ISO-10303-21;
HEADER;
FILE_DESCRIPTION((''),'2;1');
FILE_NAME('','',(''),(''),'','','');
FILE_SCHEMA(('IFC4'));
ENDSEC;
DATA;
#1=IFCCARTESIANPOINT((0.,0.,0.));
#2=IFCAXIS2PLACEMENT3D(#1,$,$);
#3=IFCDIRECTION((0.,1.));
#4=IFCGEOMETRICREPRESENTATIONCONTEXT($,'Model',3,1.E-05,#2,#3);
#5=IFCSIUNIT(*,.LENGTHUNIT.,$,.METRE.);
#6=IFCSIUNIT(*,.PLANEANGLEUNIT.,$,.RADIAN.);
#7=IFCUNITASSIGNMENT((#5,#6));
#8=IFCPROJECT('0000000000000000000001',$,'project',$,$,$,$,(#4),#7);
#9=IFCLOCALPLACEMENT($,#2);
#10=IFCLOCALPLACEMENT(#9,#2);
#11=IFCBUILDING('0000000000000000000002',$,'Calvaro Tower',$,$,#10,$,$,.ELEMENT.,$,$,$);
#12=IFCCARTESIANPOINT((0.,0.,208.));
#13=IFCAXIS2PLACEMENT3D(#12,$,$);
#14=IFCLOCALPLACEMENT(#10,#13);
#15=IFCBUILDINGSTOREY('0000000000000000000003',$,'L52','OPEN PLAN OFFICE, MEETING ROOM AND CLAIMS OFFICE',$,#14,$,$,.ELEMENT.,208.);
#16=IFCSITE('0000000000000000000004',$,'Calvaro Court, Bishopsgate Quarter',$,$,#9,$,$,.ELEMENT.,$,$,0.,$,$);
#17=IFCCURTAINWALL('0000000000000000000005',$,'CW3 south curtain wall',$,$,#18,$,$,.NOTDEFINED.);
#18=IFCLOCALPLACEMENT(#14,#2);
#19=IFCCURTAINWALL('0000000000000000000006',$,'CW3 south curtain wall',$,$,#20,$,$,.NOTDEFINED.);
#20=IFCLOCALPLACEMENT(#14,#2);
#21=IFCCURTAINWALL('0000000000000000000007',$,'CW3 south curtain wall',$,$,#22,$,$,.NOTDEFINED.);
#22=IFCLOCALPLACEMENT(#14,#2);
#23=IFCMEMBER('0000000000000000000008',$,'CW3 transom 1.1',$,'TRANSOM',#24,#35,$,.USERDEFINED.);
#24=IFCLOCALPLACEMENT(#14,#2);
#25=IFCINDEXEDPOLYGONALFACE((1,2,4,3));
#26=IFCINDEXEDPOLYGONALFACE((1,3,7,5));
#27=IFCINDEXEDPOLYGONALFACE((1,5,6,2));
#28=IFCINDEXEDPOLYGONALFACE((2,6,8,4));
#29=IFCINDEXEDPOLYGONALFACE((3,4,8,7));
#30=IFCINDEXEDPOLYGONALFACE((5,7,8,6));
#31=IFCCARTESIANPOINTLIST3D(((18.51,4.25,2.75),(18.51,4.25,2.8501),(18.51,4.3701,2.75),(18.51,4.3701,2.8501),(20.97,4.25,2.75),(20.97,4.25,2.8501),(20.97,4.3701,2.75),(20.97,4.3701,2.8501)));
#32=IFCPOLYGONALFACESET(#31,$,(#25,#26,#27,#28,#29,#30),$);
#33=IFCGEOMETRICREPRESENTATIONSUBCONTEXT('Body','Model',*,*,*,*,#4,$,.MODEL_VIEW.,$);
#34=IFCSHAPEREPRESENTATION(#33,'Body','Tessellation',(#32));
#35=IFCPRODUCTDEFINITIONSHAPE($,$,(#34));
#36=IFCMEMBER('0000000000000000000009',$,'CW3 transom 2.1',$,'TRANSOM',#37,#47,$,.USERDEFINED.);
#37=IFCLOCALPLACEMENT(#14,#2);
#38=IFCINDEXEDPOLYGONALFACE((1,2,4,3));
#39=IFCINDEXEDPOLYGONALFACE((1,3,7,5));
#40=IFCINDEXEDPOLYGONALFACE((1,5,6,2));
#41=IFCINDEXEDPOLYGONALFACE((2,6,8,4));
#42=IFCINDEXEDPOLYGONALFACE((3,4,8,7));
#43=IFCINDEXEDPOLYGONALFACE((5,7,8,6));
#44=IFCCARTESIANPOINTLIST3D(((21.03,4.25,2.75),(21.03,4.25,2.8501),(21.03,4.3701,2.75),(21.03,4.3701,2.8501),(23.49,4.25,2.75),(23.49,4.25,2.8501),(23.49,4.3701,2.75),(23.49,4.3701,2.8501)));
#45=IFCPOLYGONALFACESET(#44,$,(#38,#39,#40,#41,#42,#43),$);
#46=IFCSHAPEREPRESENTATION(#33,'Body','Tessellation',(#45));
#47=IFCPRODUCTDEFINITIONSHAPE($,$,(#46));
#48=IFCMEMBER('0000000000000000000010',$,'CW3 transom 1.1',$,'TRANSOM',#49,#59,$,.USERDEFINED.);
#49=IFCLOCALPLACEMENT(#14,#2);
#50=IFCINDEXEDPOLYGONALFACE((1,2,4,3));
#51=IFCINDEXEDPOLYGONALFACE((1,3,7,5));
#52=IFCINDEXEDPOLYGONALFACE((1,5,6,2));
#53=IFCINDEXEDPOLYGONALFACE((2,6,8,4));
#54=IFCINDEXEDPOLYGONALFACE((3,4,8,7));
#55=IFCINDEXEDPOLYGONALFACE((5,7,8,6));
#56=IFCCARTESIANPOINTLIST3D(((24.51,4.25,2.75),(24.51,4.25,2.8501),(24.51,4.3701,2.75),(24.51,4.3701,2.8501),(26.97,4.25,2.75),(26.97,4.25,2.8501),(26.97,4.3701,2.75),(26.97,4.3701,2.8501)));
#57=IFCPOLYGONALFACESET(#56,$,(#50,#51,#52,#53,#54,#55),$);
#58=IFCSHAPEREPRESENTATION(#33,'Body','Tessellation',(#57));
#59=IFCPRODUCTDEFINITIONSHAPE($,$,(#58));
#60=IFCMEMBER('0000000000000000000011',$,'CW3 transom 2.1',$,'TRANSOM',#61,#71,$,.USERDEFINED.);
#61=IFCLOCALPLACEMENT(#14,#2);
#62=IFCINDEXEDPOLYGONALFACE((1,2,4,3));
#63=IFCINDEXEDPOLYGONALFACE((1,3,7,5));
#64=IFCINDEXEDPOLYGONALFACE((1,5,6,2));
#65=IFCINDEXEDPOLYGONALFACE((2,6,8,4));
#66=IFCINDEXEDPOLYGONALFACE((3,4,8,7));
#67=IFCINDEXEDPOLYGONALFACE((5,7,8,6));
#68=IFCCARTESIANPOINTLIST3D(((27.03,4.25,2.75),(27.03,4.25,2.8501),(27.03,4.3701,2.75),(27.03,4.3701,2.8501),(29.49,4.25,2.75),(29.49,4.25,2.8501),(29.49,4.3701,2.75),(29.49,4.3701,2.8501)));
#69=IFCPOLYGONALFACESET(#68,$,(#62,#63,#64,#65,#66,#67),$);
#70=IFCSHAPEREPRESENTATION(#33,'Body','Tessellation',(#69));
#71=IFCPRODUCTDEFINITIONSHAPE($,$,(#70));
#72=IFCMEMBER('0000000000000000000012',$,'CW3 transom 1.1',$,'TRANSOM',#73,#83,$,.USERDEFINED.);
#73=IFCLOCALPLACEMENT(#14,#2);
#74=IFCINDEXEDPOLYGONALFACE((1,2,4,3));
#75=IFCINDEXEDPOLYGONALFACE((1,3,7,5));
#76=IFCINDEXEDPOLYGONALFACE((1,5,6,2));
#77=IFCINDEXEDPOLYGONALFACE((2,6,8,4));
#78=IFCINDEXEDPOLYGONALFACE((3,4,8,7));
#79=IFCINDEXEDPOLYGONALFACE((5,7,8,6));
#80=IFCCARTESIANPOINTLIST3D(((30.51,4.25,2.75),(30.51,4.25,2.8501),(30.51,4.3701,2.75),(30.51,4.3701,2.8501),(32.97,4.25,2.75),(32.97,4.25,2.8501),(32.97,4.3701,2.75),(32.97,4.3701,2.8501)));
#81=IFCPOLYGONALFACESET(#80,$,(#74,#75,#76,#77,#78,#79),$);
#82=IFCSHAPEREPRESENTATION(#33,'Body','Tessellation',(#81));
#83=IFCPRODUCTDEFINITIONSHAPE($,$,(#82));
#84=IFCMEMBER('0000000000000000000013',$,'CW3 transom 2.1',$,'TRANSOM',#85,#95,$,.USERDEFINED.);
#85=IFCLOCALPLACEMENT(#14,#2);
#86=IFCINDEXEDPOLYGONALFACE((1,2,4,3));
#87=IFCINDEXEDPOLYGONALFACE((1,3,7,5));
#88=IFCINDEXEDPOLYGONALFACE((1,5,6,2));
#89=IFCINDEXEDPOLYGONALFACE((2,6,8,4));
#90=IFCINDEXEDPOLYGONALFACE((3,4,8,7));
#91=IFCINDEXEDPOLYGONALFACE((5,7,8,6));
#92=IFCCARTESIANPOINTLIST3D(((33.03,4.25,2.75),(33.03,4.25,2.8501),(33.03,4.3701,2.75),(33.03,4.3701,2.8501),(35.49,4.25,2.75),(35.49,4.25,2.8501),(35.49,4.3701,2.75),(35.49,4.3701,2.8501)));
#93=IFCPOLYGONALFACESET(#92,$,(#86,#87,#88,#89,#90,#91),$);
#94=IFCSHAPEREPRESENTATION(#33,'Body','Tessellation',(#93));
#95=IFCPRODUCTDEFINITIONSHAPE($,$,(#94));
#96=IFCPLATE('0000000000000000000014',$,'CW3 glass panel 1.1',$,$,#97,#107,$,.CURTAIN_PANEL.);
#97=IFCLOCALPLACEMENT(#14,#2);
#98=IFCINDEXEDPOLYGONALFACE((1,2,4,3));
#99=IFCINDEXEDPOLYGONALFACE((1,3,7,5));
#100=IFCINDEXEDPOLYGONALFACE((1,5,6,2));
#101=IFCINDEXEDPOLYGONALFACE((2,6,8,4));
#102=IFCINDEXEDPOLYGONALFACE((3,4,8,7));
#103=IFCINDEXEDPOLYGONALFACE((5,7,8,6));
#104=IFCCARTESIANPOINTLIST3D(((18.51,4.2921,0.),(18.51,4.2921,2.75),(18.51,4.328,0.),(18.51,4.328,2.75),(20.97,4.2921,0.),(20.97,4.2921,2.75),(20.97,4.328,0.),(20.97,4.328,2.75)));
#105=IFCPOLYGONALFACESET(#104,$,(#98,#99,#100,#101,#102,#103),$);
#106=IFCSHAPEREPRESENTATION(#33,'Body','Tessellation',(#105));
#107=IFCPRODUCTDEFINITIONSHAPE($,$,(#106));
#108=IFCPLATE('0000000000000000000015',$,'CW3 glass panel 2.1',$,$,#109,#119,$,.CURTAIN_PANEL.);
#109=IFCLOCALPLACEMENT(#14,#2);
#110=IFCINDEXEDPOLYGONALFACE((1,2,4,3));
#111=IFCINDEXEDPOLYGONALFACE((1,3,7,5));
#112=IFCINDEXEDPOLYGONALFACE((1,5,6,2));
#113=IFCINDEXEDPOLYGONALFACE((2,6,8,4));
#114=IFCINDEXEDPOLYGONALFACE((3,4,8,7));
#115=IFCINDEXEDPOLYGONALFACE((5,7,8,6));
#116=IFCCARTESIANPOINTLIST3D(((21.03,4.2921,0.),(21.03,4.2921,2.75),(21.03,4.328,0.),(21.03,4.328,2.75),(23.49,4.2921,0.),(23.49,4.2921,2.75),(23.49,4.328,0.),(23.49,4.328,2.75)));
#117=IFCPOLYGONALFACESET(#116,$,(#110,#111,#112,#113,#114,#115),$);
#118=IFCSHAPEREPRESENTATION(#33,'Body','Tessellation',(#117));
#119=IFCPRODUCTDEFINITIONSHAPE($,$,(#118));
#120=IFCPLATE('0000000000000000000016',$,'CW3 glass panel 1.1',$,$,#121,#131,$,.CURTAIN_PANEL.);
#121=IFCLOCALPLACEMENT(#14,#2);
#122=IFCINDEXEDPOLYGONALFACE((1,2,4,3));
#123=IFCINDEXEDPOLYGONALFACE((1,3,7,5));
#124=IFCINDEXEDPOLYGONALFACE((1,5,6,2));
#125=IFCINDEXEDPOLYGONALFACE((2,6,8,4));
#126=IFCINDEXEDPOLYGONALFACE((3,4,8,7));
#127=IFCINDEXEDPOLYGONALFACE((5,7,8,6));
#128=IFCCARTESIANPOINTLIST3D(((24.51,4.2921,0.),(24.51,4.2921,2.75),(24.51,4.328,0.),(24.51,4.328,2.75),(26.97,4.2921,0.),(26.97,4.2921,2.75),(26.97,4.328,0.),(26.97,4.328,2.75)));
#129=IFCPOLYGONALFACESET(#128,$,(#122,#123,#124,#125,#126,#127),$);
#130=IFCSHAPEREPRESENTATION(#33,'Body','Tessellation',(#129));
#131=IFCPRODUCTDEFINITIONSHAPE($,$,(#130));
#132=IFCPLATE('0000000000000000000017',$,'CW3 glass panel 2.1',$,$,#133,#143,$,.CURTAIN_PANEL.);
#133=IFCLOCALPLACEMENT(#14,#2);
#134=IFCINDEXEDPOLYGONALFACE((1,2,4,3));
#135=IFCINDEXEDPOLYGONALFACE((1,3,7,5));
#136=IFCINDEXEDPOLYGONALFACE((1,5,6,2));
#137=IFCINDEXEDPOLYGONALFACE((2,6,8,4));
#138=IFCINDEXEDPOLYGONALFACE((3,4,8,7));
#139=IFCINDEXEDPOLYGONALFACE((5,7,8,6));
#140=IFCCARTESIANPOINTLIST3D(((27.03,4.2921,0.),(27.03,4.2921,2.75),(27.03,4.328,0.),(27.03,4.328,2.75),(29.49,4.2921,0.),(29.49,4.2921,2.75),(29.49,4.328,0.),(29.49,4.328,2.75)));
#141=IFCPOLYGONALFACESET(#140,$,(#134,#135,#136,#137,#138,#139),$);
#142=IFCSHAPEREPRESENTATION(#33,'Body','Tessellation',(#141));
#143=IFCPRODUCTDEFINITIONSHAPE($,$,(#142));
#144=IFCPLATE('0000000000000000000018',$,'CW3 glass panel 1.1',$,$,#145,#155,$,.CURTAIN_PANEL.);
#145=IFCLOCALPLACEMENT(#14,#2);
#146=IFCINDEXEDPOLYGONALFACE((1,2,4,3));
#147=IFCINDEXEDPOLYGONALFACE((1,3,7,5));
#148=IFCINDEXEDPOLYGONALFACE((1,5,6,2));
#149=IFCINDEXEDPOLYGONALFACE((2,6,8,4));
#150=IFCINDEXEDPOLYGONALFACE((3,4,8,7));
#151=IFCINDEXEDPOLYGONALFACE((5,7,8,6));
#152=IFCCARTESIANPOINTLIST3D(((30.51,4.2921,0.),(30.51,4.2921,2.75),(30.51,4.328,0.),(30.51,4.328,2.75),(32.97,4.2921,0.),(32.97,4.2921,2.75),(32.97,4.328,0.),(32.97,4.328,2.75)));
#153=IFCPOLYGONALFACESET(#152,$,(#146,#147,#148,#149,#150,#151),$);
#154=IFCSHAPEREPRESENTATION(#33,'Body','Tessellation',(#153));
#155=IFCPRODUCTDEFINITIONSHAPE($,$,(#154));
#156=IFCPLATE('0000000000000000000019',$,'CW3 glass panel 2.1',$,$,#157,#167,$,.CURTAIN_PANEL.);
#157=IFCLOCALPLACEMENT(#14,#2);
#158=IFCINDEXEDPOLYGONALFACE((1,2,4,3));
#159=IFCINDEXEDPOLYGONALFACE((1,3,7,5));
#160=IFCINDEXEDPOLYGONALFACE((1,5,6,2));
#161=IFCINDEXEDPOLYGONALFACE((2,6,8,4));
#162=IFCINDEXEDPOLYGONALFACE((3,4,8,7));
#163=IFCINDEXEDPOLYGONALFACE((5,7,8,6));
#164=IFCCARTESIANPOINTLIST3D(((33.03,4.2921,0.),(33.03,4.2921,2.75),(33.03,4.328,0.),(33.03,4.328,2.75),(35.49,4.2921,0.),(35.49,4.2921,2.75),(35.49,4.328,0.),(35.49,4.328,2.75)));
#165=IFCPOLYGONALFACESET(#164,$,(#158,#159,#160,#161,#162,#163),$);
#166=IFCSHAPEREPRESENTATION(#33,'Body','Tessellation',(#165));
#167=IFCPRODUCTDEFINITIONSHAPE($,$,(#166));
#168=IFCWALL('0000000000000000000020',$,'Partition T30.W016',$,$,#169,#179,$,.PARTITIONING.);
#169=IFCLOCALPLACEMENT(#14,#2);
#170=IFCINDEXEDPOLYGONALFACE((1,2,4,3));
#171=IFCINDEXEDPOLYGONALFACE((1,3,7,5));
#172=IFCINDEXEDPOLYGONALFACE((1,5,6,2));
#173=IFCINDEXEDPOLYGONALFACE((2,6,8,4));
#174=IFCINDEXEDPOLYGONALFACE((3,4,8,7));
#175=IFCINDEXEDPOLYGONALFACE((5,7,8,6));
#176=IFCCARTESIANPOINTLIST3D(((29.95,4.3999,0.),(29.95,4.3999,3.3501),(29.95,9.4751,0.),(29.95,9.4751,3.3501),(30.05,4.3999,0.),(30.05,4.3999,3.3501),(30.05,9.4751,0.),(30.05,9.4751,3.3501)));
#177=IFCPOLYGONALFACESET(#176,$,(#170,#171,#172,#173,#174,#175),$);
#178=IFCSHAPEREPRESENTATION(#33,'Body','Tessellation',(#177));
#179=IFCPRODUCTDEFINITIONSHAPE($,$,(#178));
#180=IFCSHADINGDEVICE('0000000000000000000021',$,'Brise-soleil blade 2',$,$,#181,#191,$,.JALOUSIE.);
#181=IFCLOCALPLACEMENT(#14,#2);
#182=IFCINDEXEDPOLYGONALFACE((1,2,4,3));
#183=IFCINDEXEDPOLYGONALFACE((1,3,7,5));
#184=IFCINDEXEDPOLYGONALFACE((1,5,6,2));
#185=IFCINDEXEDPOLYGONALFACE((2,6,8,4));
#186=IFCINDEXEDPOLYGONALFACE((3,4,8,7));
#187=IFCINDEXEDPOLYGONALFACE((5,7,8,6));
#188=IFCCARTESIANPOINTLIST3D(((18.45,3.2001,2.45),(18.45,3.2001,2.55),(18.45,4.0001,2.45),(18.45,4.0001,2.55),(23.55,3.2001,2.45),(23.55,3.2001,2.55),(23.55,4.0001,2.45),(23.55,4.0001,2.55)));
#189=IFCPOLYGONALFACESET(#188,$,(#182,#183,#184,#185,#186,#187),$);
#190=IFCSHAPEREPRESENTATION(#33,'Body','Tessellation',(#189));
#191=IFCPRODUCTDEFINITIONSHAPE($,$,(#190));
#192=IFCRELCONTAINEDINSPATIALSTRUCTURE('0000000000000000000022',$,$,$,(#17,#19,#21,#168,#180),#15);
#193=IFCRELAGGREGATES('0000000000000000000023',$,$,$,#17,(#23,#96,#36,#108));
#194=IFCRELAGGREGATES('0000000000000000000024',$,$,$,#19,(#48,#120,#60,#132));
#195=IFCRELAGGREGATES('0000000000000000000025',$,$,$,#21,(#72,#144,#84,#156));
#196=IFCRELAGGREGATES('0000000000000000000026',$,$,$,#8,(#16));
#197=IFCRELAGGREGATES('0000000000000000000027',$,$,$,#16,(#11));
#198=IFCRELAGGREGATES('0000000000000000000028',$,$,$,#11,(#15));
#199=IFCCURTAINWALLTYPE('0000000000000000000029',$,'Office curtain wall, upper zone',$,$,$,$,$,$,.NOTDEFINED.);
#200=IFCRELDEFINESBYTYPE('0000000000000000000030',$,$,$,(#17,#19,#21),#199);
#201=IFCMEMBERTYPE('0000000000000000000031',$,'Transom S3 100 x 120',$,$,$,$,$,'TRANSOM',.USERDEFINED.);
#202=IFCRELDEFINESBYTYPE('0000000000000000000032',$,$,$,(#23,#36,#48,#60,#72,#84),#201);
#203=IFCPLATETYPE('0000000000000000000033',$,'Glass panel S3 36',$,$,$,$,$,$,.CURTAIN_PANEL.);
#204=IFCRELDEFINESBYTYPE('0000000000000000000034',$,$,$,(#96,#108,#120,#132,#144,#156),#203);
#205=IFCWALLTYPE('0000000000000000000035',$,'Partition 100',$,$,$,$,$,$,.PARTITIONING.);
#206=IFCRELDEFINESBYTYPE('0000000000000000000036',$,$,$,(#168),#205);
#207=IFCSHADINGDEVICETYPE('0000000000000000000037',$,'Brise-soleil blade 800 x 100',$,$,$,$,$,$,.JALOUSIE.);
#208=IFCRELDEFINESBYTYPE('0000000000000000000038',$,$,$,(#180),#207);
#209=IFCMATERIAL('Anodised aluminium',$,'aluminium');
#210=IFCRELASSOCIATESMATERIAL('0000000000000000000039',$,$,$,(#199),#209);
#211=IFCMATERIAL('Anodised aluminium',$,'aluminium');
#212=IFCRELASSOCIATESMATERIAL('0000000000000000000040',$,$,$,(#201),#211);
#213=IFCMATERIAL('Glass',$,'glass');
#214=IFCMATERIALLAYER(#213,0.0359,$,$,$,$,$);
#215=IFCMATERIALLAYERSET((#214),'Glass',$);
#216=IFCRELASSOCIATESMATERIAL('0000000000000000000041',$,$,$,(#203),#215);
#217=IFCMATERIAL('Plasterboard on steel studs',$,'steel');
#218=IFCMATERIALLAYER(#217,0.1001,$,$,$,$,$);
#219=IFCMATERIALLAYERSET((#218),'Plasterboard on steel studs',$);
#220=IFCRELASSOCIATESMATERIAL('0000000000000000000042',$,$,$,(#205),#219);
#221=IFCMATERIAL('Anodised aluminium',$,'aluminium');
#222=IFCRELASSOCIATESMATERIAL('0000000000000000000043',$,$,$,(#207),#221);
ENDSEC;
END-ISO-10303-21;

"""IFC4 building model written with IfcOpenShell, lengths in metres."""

from ifc_helpers import new_model, si_unit, direction, frame, frame_2d, origin, origin_2d, place, context, subcontext, project, spatial, rectangle, extrude, material, layer, layer_set, material_profile, profile_set, type_object, element, aggregate, save


model = new_model("IFC4")

# Units and contexts
model_context = context("Model", 3, precision=1e-05, world=origin(), true_north=direction((0.0, 1.0)))
body_context = subcontext(model_context, "Body", "Model", "MODEL_VIEW")
ifc_project = project(units=[si_unit("LENGTHUNIT", "METRE"), si_unit("PLANEANGLEUNIT", "RADIAN")], contexts=[model_context])

# Site, building, storey
site_placement = place(None, origin())
site = spatial("IfcSite", under=ifc_project, at=site_placement, Name="Calvaro Court, Bishopsgate Quarter", CompositionType="ELEMENT", RefElevation=0.0)
building_placement = place(site_placement, origin())
building = spatial("IfcBuilding", under=site, at=building_placement, Name="Calvaro Tower", CompositionType="ELEMENT")
storey_placement = place(building_placement, frame((0.0, 0.0, 208.0)))
storey = spatial("IfcBuildingStorey", under=building, at=storey_placement, Name="L52", Description="OPEN PLAN OFFICE, MEETING ROOM AND CLAIMS OFFICE", CompositionType="ELEMENT", Elevation=208.0)

# Shared definitions
ifc_material_1 = material(Name="Anodised aluminium", Category="aluminium")
curtain_wall_type = type_object("IfcCurtainWallType", Name="Office curtain wall, upper zone", PredefinedType="NOTDEFINED", material=ifc_material_1)

# Curtain walls
curtain_wall_1_placement = place(storey_placement, origin())
curtain_wall_1 = element("IfcCurtainWall", 1, at=curtain_wall_1_placement, inside=storey, type_object=curtain_wall_type, Name="CW3 south curtain wall", PredefinedType="NOTDEFINED")
curtain_wall_2_placement = place(storey_placement, origin())
curtain_wall_2 = element("IfcCurtainWall", 2, at=curtain_wall_2_placement, inside=storey, type_object=curtain_wall_type, Name="CW3 south curtain wall", PredefinedType="NOTDEFINED")
curtain_wall_3_placement = place(storey_placement, origin())
curtain_wall_3 = element("IfcCurtainWall", 3, at=curtain_wall_3_placement, inside=storey, type_object=curtain_wall_type, Name="CW3 south curtain wall", PredefinedType="NOTDEFINED")

# Members
ifc_material_2 = material(Name="Anodised aluminium", Category="aluminium")
ifc_material_profile_1 = material_profile(ifc_material_2, rectangle(XDim=0.1201, YDim=0.1001, at=origin_2d()), Name="Transom S3 100 x 120")
ifc_profile_set_1 = profile_set([ifc_material_profile_1], Name="Anodised aluminium")
member_type_1 = type_object("IfcMemberType", Name="Transom S3 100 x 120", ElementType="TRANSOM", PredefinedType="USERDEFINED", material=ifc_profile_set_1)
member_1_placement = place(storey_placement, frame((18.51, 4.3101, 2.8), z_axis=(1.0, 0.0, 0.0), x_axis=(0.0, 1.0, 0.0)))
member_1 = element("IfcMember", 4, at=member_1_placement, type_object=member_type_1, Name="CW3 transom 1.1", ObjectType="TRANSOM", PredefinedType="USERDEFINED", context=body_context, shape_type="SweptSolid", body=[
    extrude(rectangle(XDim=0.1201, YDim=0.1001, at=origin_2d()), origin(), (0.0, 0.0, 1.0), 2.46),
])
member_2_placement = place(storey_placement, frame((21.03, 4.3101, 2.8), z_axis=(1.0, 0.0, 0.0), x_axis=(0.0, 1.0, 0.0)))
member_2 = element("IfcMember", 5, at=member_2_placement, type_object=member_type_1, Name="CW3 transom 2.1", ObjectType="TRANSOM", PredefinedType="USERDEFINED", context=body_context, shape_type="SweptSolid", body=[
    extrude(rectangle(XDim=0.1201, YDim=0.1001, at=origin_2d()), origin(), (0.0, 0.0, 1.0), 2.46),
])
member_3_placement = place(storey_placement, frame((24.51, 4.3101, 2.8), z_axis=(1.0, 0.0, 0.0), x_axis=(0.0, 1.0, 0.0)))
member_3 = element("IfcMember", 6, at=member_3_placement, type_object=member_type_1, Name="CW3 transom 1.1", ObjectType="TRANSOM", PredefinedType="USERDEFINED", context=body_context, shape_type="SweptSolid", body=[
    extrude(rectangle(XDim=0.1201, YDim=0.1001, at=origin_2d()), origin(), (0.0, 0.0, 1.0), 2.46),
])
member_4_placement = place(storey_placement, frame((27.03, 4.3101, 2.8), z_axis=(1.0, 0.0, 0.0), x_axis=(0.0, 1.0, 0.0)))
member_4 = element("IfcMember", 7, at=member_4_placement, type_object=member_type_1, Name="CW3 transom 2.1", ObjectType="TRANSOM", PredefinedType="USERDEFINED", context=body_context, shape_type="SweptSolid", body=[
    extrude(rectangle(XDim=0.1201, YDim=0.1001, at=origin_2d()), origin(), (0.0, 0.0, 1.0), 2.46),
])
member_5_placement = place(storey_placement, frame((30.51, 4.3101, 2.8), z_axis=(1.0, 0.0, 0.0), x_axis=(0.0, 1.0, 0.0)))
member_5 = element("IfcMember", 8, at=member_5_placement, type_object=member_type_1, Name="CW3 transom 1.1", ObjectType="TRANSOM", PredefinedType="USERDEFINED", context=body_context, shape_type="SweptSolid", body=[
    extrude(rectangle(XDim=0.1201, YDim=0.1001, at=origin_2d()), origin(), (0.0, 0.0, 1.0), 2.46),
])
member_6_placement = place(storey_placement, frame((33.03, 4.3101, 2.8), z_axis=(1.0, 0.0, 0.0), x_axis=(0.0, 1.0, 0.0)))
member_6 = element("IfcMember", 9, at=member_6_placement, type_object=member_type_1, Name="CW3 transom 2.1", ObjectType="TRANSOM", PredefinedType="USERDEFINED", context=body_context, shape_type="SweptSolid", body=[
    extrude(rectangle(XDim=0.1201, YDim=0.1001, at=origin_2d()), origin(), (0.0, 0.0, 1.0), 2.46),
])

# Plates
ifc_material_3 = material(Name="Glass", Category="glass")
ifc_layer_1 = layer(ifc_material_3, 0.0359)
ifc_layer_set_1 = layer_set([ifc_layer_1], Name="Glass")
plate_type = type_object("IfcPlateType", Name="Glass panel S3 36", PredefinedType="CURTAIN_PANEL", material=ifc_layer_set_1)
plate_1_placement = place(storey_placement, frame((19.74, 4.3101, 0.0), z_axis=(0.0, 0.0, 1.0), x_axis=(1.0, 0.0, 0.0)))
plate_1 = element("IfcPlate", 10, at=plate_1_placement, type_object=plate_type, Name="CW3 glass panel 1.1", PredefinedType="CURTAIN_PANEL", context=body_context, shape_type="SweptSolid", body=[
    extrude(rectangle(XDim=2.46, YDim=0.0359, at=origin_2d()), origin(), (0.0, 0.0, 1.0), 2.75),
])
plate_2_placement = place(storey_placement, frame((22.26, 4.3101, 0.0), z_axis=(0.0, 0.0, 1.0), x_axis=(1.0, 0.0, 0.0)))
plate_2 = element("IfcPlate", 11, at=plate_2_placement, type_object=plate_type, Name="CW3 glass panel 2.1", PredefinedType="CURTAIN_PANEL", context=body_context, shape_type="SweptSolid", body=[
    extrude(rectangle(XDim=2.46, YDim=0.0359, at=origin_2d()), origin(), (0.0, 0.0, 1.0), 2.75),
])
aggregate(curtain_wall_1, [member_1, plate_1, member_2, plate_2])
plate_3_placement = place(storey_placement, frame((25.74, 4.3101, 0.0), z_axis=(0.0, 0.0, 1.0), x_axis=(1.0, 0.0, 0.0)))
plate_3 = element("IfcPlate", 12, at=plate_3_placement, type_object=plate_type, Name="CW3 glass panel 1.1", PredefinedType="CURTAIN_PANEL", context=body_context, shape_type="SweptSolid", body=[
    extrude(rectangle(XDim=2.46, YDim=0.0359, at=origin_2d()), origin(), (0.0, 0.0, 1.0), 2.75),
])
plate_4_placement = place(storey_placement, frame((28.26, 4.3101, 0.0), z_axis=(0.0, 0.0, 1.0), x_axis=(1.0, 0.0, 0.0)))
plate_4 = element("IfcPlate", 13, at=plate_4_placement, type_object=plate_type, Name="CW3 glass panel 2.1", PredefinedType="CURTAIN_PANEL", context=body_context, shape_type="SweptSolid", body=[
    extrude(rectangle(XDim=2.46, YDim=0.0359, at=origin_2d()), origin(), (0.0, 0.0, 1.0), 2.75),
])
aggregate(curtain_wall_2, [member_3, plate_3, member_4, plate_4])
plate_5_placement = place(storey_placement, frame((31.74, 4.3101, 0.0), z_axis=(0.0, 0.0, 1.0), x_axis=(1.0, 0.0, 0.0)))
plate_5 = element("IfcPlate", 14, at=plate_5_placement, type_object=plate_type, Name="CW3 glass panel 1.1", PredefinedType="CURTAIN_PANEL", context=body_context, shape_type="SweptSolid", body=[
    extrude(rectangle(XDim=2.46, YDim=0.0359, at=origin_2d()), origin(), (0.0, 0.0, 1.0), 2.75),
])
plate_6_placement = place(storey_placement, frame((34.26, 4.3101, 0.0), z_axis=(0.0, 0.0, 1.0), x_axis=(1.0, 0.0, 0.0)))
plate_6 = element("IfcPlate", 15, at=plate_6_placement, type_object=plate_type, Name="CW3 glass panel 2.1", PredefinedType="CURTAIN_PANEL", context=body_context, shape_type="SweptSolid", body=[
    extrude(rectangle(XDim=2.46, YDim=0.0359, at=origin_2d()), origin(), (0.0, 0.0, 1.0), 2.75),
])
aggregate(curtain_wall_3, [member_5, plate_5, member_6, plate_6])

# Wall
ifc_material_4 = material(Name="Plasterboard on steel studs", Category="steel")
ifc_layer_2 = layer(ifc_material_4, 0.1001)
ifc_layer_set_2 = layer_set([ifc_layer_2], Name="Plasterboard on steel studs")
wall_type = type_object("IfcWallType", Name="Partition 100", PredefinedType="PARTITIONING", material=ifc_layer_set_2)
wall_placement = place(storey_placement, frame((30.0, 4.3999, 0.0), z_axis=(0.0, 0.0, 1.0), x_axis=(0.0, 1.0, 0.0)))
element("IfcWall", 16, at=wall_placement, inside=storey, type_object=wall_type, Name="Partition T30.W016", PredefinedType="PARTITIONING", context=body_context, shape_type="SweptSolid", body=[
    extrude(rectangle(XDim=5.0752, YDim=0.1001, at=frame_2d((2.5376, 0.0))), origin(), (0.0, 0.0, 1.0), 3.3501),
])

# Shading device
ifc_material_5 = material(Name="Anodised aluminium", Category="aluminium")
ifc_material_profile_2 = material_profile(ifc_material_5, rectangle(XDim=0.8, YDim=0.1001, at=origin_2d()), Name="Brise-soleil blade 800 x 100")
ifc_profile_set_2 = profile_set([ifc_material_profile_2], Name="Anodised aluminium")
shading_device_type = type_object("IfcShadingDeviceType", Name="Brise-soleil blade 800 x 100", PredefinedType="JALOUSIE", material=ifc_profile_set_2)
for number, where, z_axis, x_axis, name in (
    (17, (18.45, 3.6001, 2.5), (1.0, 0.0, 0.0), (0.0, 1.0, 0.0), "Brise-soleil blade 2"),
):
    element("IfcShadingDevice", number, at=place(storey_placement, frame(where, z_axis=z_axis, x_axis=x_axis)), inside=storey, type_object=shading_device_type, Name=name, PredefinedType="JALOUSIE", context=body_context, shape_type="SweptSolid", body=[
        extrude(rectangle(XDim=0.8, YDim=0.1001, at=origin_2d()), origin(), (0.0, 0.0, 1.0), 5.1001),
    ])

save(model, "model.ifc")
